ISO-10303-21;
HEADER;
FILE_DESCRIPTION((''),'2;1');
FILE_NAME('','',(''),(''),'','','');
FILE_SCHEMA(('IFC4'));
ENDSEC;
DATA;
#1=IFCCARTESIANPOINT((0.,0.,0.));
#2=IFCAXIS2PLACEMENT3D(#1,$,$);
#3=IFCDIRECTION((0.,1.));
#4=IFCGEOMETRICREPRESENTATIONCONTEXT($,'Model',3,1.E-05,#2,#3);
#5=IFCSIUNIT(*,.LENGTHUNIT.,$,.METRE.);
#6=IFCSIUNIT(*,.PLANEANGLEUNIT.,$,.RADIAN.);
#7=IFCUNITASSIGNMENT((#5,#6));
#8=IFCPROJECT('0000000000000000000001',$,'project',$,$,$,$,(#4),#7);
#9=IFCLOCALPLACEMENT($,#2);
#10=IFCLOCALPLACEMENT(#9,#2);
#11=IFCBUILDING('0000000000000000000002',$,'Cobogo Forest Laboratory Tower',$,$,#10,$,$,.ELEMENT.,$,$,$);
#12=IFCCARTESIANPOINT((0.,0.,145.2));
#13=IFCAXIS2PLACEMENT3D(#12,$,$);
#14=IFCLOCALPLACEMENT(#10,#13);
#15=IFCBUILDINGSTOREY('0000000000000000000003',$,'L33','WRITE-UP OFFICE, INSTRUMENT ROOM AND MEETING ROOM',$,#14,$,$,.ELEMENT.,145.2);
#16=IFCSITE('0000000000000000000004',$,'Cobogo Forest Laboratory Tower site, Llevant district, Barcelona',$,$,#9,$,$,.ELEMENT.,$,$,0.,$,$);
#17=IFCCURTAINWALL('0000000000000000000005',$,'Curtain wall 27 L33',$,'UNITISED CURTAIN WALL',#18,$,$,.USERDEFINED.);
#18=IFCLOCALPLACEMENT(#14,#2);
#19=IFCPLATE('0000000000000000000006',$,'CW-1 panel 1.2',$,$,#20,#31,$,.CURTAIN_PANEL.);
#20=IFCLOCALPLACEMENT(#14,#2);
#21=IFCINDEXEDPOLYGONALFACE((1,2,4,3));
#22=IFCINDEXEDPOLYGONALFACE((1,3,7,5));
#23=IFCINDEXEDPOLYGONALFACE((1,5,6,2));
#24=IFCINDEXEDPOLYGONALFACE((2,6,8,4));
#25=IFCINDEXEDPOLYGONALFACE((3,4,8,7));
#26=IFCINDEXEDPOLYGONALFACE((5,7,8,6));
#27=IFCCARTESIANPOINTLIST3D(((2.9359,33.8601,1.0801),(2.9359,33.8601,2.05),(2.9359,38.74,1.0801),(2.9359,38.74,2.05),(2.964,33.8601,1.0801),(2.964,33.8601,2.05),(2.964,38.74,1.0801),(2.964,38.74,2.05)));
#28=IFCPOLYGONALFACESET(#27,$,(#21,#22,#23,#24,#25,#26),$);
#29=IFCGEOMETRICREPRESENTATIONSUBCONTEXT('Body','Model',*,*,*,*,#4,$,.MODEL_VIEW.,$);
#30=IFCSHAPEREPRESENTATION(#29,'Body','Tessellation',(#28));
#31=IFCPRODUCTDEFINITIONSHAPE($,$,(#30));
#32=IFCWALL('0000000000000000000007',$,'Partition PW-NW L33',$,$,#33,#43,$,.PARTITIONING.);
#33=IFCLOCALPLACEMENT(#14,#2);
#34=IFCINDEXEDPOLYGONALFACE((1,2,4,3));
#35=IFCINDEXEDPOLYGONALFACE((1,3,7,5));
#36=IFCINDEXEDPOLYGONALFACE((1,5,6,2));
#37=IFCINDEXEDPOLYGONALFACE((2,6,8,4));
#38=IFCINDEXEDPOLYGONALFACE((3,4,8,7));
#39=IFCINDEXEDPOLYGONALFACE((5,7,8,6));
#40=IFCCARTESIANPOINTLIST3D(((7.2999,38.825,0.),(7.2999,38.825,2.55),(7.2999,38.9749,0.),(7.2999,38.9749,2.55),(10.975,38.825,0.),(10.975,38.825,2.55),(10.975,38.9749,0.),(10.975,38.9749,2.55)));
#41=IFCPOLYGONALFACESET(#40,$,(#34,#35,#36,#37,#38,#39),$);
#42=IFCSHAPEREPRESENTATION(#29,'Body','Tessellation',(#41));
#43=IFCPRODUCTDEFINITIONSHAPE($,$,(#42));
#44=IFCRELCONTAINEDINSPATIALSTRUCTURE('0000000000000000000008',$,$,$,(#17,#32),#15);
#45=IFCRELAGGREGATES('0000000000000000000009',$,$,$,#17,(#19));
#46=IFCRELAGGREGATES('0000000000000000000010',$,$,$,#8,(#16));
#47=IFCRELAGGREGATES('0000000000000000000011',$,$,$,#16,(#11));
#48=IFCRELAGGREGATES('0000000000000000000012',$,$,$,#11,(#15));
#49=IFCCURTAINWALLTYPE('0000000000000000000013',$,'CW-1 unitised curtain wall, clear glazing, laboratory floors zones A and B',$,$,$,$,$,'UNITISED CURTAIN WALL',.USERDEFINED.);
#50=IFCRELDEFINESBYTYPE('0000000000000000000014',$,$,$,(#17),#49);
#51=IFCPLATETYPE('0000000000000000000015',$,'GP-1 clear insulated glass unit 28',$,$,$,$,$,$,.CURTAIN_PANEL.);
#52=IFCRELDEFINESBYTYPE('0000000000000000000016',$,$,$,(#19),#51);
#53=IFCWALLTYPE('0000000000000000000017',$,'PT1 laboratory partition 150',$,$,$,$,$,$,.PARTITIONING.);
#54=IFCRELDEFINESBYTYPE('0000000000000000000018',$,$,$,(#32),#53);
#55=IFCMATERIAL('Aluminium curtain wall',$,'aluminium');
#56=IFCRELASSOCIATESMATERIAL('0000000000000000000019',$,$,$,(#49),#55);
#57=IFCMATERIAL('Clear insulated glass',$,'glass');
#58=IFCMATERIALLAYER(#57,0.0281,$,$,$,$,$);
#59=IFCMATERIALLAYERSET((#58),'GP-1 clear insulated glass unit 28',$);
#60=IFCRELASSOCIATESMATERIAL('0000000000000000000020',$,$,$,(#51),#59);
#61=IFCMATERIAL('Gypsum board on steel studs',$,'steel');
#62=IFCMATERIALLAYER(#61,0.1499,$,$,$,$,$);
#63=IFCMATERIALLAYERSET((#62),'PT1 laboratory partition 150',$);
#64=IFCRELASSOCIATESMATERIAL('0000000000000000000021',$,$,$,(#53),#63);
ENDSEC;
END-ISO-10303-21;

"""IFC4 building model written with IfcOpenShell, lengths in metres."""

from ifc_helpers import new_model, si_unit, direction, frame, frame_2d, origin, origin_2d, place, context, subcontext, project, spatial, rectangle, extrude, material, layer, layer_set, type_object, element, aggregate, save


model = new_model("IFC4")

# Units and contexts
model_context = context("Model", 3, precision=1e-05, world=origin(), true_north=direction((0.0, 1.0)))
body_context = subcontext(model_context, "Body", "Model", "MODEL_VIEW")
ifc_project = project(units=[si_unit("LENGTHUNIT", "METRE"), si_unit("PLANEANGLEUNIT", "RADIAN")], contexts=[model_context])

# Site, building, storey
site_placement = place(None, origin())
site = spatial("IfcSite", under=ifc_project, at=site_placement, Name="Cobogo Forest Laboratory Tower site, Llevant district, Barcelona", CompositionType="ELEMENT", RefElevation=0.0)
building_placement = place(site_placement, origin())
building = spatial("IfcBuilding", under=site, at=building_placement, Name="Cobogo Forest Laboratory Tower", CompositionType="ELEMENT")
storey_placement = place(building_placement, frame((0.0, 0.0, 145.2)))
storey = spatial("IfcBuildingStorey", under=building, at=storey_placement, Name="L33", Description="WRITE-UP OFFICE, INSTRUMENT ROOM AND MEETING ROOM", CompositionType="ELEMENT", Elevation=145.2)

# Shared definitions
ifc_material_1 = material(Name="Aluminium curtain wall", Category="aluminium")
curtain_wall_type = type_object("IfcCurtainWallType", Name="CW-1 unitised curtain wall, clear glazing, laboratory floors zones A and B", ElementType="UNITISED CURTAIN WALL", PredefinedType="USERDEFINED", material=ifc_material_1)

# Curtain wall
curtain_wall_1_placement = place(storey_placement, origin())
curtain_wall_1 = element("IfcCurtainWall", 1, at=curtain_wall_1_placement, inside=storey, type_object=curtain_wall_type, Name="Curtain wall 27 L33", ObjectType="UNITISED CURTAIN WALL", PredefinedType="USERDEFINED")

# Plate
ifc_material_2 = material(Name="Clear insulated glass", Category="glass")
ifc_layer_1 = layer(ifc_material_2, 0.0281)
ifc_layer_set_1 = layer_set([ifc_layer_1], Name="GP-1 clear insulated glass unit 28")
plate_type_1 = type_object("IfcPlateType", Name="GP-1 clear insulated glass unit 28", PredefinedType="CURTAIN_PANEL", material=ifc_layer_set_1)
plate_1_placement = place(storey_placement, frame((2.95, 36.3, 1.0801), z_axis=(0.0, 0.0, 1.0), x_axis=(0.0, -1.0, 0.0)))
plate_1 = element("IfcPlate", 2, at=plate_1_placement, type_object=plate_type_1, Name="CW-1 panel 1.2", PredefinedType="CURTAIN_PANEL", context=body_context, shape_type="SweptSolid", body=[
    extrude(rectangle(XDim=4.8799, YDim=0.0281, at=origin_2d()), origin(), (0.0, 0.0, 1.0), 0.97),
])
aggregate(curtain_wall_1, [plate_1])

# Wall
ifc_material_3 = material(Name="Gypsum board on steel studs", Category="steel")
ifc_layer_2 = layer(ifc_material_3, 0.1499)
ifc_layer_set_2 = layer_set([ifc_layer_2], Name="PT1 laboratory partition 150")
wall_type = type_object("IfcWallType", Name="PT1 laboratory partition 150", PredefinedType="PARTITIONING", material=ifc_layer_set_2)
wall_placement = place(storey_placement, frame((7.3, 38.8999, 0.0), z_axis=(0.0, 0.0, 1.0), x_axis=(1.0, 0.0, 0.0)))
element("IfcWall", 3, at=wall_placement, inside=storey, type_object=wall_type, Name="Partition PW-NW L33", PredefinedType="PARTITIONING", context=body_context, shape_type="SweptSolid", body=[
    extrude(rectangle(XDim=3.675, YDim=0.1499, at=frame_2d((1.8374, 0.0))), origin(), (0.0, 0.0, 1.0), 2.55),
])

save(model, "model.ifc")
